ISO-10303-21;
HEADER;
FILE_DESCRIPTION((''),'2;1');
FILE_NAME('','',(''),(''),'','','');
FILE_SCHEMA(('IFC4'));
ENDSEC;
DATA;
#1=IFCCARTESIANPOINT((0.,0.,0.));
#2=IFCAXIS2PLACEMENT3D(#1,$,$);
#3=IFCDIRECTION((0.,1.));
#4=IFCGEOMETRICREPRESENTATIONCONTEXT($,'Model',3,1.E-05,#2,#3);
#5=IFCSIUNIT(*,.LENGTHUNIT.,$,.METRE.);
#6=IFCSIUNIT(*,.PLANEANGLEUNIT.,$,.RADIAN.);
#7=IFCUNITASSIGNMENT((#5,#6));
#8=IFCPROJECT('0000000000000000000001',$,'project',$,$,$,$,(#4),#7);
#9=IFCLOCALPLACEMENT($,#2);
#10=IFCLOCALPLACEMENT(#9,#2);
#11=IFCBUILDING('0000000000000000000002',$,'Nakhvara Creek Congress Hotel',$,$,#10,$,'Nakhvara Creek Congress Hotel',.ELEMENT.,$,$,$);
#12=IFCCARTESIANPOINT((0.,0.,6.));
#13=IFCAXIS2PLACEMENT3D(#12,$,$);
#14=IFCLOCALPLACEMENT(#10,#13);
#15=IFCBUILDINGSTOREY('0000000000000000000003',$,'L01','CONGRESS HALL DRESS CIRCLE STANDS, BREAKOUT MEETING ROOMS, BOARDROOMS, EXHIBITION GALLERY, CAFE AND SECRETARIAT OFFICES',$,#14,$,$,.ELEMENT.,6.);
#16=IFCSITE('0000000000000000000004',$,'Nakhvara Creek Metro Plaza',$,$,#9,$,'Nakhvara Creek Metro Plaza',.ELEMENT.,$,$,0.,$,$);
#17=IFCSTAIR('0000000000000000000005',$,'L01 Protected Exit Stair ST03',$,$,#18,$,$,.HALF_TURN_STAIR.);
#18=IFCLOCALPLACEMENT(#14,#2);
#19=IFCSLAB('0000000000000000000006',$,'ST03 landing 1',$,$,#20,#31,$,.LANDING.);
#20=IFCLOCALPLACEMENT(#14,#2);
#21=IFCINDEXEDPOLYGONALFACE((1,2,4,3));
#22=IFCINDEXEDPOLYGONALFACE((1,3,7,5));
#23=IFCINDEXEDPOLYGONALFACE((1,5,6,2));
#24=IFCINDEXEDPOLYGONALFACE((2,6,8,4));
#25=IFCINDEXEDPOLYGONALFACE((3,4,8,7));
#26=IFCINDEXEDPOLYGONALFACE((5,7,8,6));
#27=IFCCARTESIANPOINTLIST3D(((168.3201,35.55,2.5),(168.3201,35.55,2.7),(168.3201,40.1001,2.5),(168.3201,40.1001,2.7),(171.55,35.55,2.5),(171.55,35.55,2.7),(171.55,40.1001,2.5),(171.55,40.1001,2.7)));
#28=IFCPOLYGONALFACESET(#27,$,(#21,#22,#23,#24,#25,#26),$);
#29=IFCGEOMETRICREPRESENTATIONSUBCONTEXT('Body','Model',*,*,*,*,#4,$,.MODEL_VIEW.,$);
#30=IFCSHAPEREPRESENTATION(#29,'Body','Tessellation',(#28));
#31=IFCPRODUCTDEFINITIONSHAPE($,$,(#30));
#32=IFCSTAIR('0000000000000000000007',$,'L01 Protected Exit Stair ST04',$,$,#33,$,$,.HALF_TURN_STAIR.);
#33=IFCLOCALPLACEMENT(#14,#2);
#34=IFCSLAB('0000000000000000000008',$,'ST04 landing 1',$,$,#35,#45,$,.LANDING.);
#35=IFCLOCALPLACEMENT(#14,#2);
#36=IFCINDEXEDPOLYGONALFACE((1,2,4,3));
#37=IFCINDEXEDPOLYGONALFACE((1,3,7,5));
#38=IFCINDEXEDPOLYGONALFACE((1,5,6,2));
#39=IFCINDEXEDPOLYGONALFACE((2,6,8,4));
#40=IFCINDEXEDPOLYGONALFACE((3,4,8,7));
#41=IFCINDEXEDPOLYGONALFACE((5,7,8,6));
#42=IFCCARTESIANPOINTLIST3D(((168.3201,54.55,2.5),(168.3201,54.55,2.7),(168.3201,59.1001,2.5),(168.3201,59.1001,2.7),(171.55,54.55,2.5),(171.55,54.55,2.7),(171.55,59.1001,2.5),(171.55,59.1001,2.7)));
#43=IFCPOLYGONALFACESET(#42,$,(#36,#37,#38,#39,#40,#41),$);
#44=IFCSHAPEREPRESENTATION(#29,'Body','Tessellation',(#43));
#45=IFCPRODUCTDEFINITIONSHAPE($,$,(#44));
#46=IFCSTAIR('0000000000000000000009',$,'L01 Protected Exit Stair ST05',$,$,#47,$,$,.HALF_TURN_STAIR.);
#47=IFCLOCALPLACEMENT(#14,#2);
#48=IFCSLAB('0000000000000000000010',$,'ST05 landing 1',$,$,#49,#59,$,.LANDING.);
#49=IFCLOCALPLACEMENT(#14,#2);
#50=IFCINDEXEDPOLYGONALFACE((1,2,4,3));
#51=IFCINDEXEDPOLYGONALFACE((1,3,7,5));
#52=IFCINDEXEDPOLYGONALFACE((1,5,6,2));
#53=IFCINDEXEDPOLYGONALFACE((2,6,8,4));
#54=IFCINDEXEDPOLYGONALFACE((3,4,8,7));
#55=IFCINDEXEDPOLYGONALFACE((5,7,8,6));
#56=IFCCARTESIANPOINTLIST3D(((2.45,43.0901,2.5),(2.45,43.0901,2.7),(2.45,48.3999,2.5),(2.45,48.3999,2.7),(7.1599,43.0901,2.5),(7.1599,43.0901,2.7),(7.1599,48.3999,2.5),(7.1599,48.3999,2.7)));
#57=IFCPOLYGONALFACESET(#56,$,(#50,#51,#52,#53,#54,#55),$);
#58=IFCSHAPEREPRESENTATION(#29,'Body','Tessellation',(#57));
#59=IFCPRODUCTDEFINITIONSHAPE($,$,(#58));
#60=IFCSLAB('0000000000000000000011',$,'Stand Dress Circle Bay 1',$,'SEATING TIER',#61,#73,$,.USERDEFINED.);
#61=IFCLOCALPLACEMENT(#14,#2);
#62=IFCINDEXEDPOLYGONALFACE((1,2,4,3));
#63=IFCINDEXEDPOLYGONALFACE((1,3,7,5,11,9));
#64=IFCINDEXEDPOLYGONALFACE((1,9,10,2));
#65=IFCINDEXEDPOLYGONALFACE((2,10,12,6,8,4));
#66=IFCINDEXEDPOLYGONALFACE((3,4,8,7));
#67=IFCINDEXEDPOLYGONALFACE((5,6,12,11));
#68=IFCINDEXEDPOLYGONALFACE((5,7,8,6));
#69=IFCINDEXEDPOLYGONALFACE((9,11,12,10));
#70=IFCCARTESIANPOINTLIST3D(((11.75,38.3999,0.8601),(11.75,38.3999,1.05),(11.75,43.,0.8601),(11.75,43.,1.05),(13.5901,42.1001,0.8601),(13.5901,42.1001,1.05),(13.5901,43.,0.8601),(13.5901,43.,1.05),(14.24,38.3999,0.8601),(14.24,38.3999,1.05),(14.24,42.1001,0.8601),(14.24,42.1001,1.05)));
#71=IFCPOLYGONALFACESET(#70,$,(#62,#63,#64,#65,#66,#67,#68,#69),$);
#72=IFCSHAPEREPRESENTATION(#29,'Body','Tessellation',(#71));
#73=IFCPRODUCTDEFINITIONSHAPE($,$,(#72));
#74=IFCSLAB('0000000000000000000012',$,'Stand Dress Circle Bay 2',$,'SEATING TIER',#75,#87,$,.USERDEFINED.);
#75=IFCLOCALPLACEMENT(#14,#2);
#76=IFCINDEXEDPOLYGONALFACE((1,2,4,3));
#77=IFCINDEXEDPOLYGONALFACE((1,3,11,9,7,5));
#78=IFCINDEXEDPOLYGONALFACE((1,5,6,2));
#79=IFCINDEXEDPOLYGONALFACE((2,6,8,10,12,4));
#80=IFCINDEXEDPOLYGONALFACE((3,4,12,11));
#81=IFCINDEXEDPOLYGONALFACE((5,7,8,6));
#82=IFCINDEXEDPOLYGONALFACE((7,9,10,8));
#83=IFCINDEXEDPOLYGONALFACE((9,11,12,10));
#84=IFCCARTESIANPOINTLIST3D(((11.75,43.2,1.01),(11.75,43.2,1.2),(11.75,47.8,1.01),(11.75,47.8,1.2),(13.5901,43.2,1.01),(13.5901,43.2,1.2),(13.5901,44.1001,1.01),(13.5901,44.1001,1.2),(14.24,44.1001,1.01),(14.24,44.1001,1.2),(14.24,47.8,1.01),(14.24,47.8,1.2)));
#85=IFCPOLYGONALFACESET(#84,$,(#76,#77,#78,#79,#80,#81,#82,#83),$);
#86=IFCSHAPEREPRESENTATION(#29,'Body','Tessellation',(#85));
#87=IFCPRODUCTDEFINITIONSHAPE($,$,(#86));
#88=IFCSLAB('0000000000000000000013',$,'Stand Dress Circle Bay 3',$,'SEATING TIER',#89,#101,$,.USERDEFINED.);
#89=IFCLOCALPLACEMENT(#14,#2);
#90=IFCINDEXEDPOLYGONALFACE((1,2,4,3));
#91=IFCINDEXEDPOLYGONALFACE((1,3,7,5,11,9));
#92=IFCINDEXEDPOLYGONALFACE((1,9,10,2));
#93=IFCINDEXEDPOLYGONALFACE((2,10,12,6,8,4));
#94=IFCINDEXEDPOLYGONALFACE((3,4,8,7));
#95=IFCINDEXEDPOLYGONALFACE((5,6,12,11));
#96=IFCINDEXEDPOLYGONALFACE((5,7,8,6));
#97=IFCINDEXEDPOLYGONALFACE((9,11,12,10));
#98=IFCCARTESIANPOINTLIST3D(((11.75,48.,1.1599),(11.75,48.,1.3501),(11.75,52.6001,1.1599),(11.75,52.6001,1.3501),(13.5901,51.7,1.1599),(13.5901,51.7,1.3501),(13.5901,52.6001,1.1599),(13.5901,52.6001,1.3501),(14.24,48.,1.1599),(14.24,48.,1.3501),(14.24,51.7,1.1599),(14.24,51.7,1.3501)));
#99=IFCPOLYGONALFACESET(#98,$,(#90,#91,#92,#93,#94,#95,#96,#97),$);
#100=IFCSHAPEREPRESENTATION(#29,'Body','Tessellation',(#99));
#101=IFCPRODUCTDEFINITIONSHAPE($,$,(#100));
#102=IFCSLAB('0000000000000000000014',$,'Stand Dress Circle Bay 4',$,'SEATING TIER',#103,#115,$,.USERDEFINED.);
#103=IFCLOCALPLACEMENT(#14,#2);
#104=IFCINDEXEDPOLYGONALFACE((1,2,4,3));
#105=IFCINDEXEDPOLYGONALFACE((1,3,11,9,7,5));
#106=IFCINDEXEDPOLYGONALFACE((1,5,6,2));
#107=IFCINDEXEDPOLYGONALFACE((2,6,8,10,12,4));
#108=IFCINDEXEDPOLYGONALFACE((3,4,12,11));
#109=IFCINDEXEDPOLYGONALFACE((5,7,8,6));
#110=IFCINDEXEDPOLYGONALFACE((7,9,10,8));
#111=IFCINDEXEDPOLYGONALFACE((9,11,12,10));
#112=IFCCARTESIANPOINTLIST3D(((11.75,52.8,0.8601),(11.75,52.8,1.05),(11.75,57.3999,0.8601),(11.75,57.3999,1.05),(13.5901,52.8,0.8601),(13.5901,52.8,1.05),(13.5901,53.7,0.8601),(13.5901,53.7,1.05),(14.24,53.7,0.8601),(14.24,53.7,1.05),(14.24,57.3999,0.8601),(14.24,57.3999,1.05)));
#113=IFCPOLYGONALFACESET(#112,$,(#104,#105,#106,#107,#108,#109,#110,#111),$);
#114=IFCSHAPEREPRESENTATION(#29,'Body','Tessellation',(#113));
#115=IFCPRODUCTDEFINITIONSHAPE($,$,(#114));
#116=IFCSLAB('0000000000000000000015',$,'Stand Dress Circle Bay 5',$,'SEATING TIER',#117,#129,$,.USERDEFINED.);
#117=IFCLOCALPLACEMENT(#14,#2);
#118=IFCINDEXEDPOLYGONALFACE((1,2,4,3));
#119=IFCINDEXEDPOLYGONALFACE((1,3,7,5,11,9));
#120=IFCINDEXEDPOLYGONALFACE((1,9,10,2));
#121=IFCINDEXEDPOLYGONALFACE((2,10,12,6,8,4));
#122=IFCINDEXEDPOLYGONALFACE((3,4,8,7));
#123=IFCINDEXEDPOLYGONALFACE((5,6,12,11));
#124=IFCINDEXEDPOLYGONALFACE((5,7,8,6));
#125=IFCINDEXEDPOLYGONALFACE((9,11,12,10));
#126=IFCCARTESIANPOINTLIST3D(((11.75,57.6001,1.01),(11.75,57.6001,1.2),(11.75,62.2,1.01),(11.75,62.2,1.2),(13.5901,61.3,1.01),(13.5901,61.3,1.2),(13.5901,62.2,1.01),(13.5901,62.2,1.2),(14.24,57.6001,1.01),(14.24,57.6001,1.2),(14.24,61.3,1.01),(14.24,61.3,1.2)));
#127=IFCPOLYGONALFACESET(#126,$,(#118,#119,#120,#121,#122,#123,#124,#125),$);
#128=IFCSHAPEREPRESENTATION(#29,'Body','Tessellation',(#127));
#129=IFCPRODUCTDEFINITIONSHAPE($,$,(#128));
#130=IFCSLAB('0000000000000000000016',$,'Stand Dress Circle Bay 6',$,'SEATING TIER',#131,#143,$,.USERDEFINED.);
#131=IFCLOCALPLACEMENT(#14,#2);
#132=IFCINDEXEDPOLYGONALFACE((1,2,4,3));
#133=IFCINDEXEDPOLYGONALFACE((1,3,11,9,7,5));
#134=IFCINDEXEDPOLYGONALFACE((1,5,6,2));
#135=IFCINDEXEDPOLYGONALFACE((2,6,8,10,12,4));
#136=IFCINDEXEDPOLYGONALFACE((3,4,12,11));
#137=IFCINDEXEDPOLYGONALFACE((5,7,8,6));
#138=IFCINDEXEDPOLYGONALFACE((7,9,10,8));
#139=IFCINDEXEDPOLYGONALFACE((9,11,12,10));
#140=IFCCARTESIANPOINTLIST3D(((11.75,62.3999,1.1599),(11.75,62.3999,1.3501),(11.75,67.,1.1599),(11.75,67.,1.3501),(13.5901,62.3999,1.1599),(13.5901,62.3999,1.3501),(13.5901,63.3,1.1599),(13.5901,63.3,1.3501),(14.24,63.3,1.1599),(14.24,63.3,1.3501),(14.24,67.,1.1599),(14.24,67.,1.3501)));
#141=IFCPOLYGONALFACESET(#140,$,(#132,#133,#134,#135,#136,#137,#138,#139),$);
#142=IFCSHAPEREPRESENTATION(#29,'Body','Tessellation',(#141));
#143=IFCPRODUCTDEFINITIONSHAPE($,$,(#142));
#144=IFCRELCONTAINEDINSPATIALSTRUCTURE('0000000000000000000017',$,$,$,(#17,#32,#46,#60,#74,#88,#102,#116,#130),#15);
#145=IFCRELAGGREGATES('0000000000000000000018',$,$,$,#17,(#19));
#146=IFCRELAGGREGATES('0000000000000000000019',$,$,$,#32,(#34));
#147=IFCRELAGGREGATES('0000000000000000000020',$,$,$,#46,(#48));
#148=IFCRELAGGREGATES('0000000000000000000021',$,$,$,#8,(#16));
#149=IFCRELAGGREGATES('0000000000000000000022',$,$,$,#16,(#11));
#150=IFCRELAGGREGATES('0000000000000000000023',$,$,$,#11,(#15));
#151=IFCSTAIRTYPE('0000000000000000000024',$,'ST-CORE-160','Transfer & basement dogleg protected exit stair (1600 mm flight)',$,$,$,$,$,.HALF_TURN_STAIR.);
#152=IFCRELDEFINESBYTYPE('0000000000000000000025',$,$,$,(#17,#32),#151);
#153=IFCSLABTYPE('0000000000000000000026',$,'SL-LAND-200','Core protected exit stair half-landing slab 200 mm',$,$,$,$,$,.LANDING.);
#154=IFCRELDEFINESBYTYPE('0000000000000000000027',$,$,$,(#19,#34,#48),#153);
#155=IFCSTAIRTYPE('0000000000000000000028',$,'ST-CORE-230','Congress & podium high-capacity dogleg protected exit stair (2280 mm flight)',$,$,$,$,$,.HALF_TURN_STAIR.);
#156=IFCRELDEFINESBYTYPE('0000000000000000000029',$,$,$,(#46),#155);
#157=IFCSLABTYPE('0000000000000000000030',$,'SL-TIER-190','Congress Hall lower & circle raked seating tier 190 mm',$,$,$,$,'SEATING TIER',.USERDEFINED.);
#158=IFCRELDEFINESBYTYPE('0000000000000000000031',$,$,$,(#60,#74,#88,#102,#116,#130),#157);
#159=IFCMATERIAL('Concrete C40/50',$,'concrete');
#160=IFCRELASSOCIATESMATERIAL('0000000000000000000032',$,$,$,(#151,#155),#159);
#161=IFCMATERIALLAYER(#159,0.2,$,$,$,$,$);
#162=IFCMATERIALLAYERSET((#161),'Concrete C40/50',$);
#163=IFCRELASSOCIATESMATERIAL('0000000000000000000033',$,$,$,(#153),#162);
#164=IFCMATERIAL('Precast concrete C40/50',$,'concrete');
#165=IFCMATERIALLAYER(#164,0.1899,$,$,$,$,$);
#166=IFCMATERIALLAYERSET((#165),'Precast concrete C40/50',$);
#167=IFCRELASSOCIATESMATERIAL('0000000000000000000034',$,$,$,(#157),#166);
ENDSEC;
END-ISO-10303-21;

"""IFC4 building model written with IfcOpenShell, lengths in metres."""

from ifc_helpers import new_model, si_unit, direction, frame, origin, place, context, subcontext, project, spatial, polyline, outline, extrude, material, layer, layer_set, type_object, element, aggregate, save


model = new_model("IFC4")

# Units and contexts
model_context = context("Model", 3, precision=1e-05, world=origin(), true_north=direction((0.0, 1.0)))
body_context = subcontext(model_context, "Body", "Model", "MODEL_VIEW")
ifc_project = project(units=[si_unit("LENGTHUNIT", "METRE"), si_unit("PLANEANGLEUNIT", "RADIAN")], contexts=[model_context])

# Site, building, storey
site_placement = place(None, origin())
site = spatial("IfcSite", under=ifc_project, at=site_placement, Name="Nakhvara Creek Metro Plaza", LongName="Nakhvara Creek Metro Plaza", CompositionType="ELEMENT", RefElevation=0.0)
building_placement = place(site_placement, origin())
building = spatial("IfcBuilding", under=site, at=building_placement, Name="Nakhvara Creek Congress Hotel", LongName="Nakhvara Creek Congress Hotel", CompositionType="ELEMENT")
storey_placement = place(building_placement, frame((0.0, 0.0, 6.0)))
storey = spatial("IfcBuildingStorey", under=building, at=storey_placement, Name="L01", Description="CONGRESS HALL DRESS CIRCLE STANDS, BREAKOUT MEETING ROOMS, BOARDROOMS, EXHIBITION GALLERY, CAFE AND SECRETARIAT OFFICES", CompositionType="ELEMENT", Elevation=6.0)

# Shared definitions
ifc_material_1 = material(Name="Concrete C40/50", Category="concrete")

# Stairs, slabs
stair_type_1 = type_object("IfcStairType", Name="ST-CORE-160", Description="Transfer & basement dogleg protected exit stair (1600 mm flight)", PredefinedType="HALF_TURN_STAIR", material=ifc_material_1)
ifc_layer_1 = layer(ifc_material_1, 0.2)
ifc_layer_set_1 = layer_set([ifc_layer_1], Name="Concrete C40/50")
slab_type_1 = type_object("IfcSlabType", Name="SL-LAND-200", Description="Core protected exit stair half-landing slab 200 mm", PredefinedType="LANDING", material=ifc_layer_set_1)
stair_1_placement = place(storey_placement, origin())
stair_1 = element("IfcStair", 1, at=stair_1_placement, inside=storey, type_object=stair_type_1, Name="L01 Protected Exit Stair ST03", PredefinedType="HALF_TURN_STAIR")
slab_1_placement = place(storey_placement, frame((0.0, 0.0, 2.5)))
slab_1 = element("IfcSlab", 2, at=slab_1_placement, type_object=slab_type_1, Name="ST03 landing 1", PredefinedType="LANDING", context=body_context, shape_type="SweptSolid", body=[
    extrude(outline(polyline([(171.55, 35.55), (171.55, 40.1001), (168.3201, 40.1001), (168.3201, 35.55), (171.55, 35.55)])), origin(), (0.0, 0.0, 1.0), 0.2),
])
aggregate(stair_1, [slab_1])
stair_2_placement = place(storey_placement, origin())
stair_2 = element("IfcStair", 3, at=stair_2_placement, inside=storey, type_object=stair_type_1, Name="L01 Protected Exit Stair ST04", PredefinedType="HALF_TURN_STAIR")
slab_2_placement = place(storey_placement, frame((0.0, 0.0, 2.5)))
slab_2 = element("IfcSlab", 4, at=slab_2_placement, type_object=slab_type_1, Name="ST04 landing 1", PredefinedType="LANDING", context=body_context, shape_type="SweptSolid", body=[
    extrude(outline(polyline([(171.55, 54.55), (171.55, 59.1001), (168.3201, 59.1001), (168.3201, 54.55), (171.55, 54.55)])), origin(), (0.0, 0.0, 1.0), 0.2),
])
aggregate(stair_2, [slab_2])
stair_type_2 = type_object("IfcStairType", Name="ST-CORE-230", Description="Congress & podium high-capacity dogleg protected exit stair (2280 mm flight)", PredefinedType="HALF_TURN_STAIR", material=ifc_material_1)
stair_3_placement = place(storey_placement, origin())
stair_3 = element("IfcStair", 5, at=stair_3_placement, inside=storey, type_object=stair_type_2, Name="L01 Protected Exit Stair ST05", PredefinedType="HALF_TURN_STAIR")
slab_3_placement = place(storey_placement, frame((0.0, 0.0, 2.5)))
slab_3 = element("IfcSlab", 6, at=slab_3_placement, type_object=slab_type_1, Name="ST05 landing 1", PredefinedType="LANDING", context=body_context, shape_type="SweptSolid", body=[
    extrude(outline(polyline([(7.1599, 43.0901), (7.1599, 48.3999), (2.45, 48.3999), (2.45, 43.0901), (7.1599, 43.0901)])), origin(), (0.0, 0.0, 1.0), 0.2),
])
aggregate(stair_3, [slab_3])

# Slabs
ifc_material_2 = material(Name="Precast concrete C40/50", Category="concrete")
ifc_layer_2 = layer(ifc_material_2, 0.1899)
ifc_layer_set_2 = layer_set([ifc_layer_2], Name="Precast concrete C40/50")
slab_type_2 = type_object("IfcSlabType", Name="SL-TIER-190", Description="Congress Hall lower & circle raked seating tier 190 mm", ElementType="SEATING TIER", PredefinedType="USERDEFINED", material=ifc_layer_set_2)
slab_4_placement = place(storey_placement, frame((0.0, 0.0, 0.8601)))
element("IfcSlab", 7, at=slab_4_placement, inside=storey, type_object=slab_type_2, Name="Stand Dress Circle Bay 1", ObjectType="SEATING TIER", PredefinedType="USERDEFINED", context=body_context, shape_type="SweptSolid", body=[
    extrude(outline(polyline([(11.75, 38.3999), (14.24, 38.3999), (14.24, 42.1001), (13.5901, 42.1001), (13.5901, 43.0), (11.75, 43.0), (11.75, 38.3999)])), origin(), (0.0, 0.0, 1.0), 0.1899),
])
slab_5_placement = place(storey_placement, frame((0.0, 0.0, 1.01)))
element("IfcSlab", 8, at=slab_5_placement, inside=storey, type_object=slab_type_2, Name="Stand Dress Circle Bay 2", ObjectType="SEATING TIER", PredefinedType="USERDEFINED", context=body_context, shape_type="SweptSolid", body=[
    extrude(outline(polyline([(11.75, 43.2), (13.5901, 43.2), (13.5901, 44.1001), (14.24, 44.1001), (14.24, 47.8), (11.75, 47.8), (11.75, 43.2)])), origin(), (0.0, 0.0, 1.0), 0.1899),
])
slab_6_placement = place(storey_placement, frame((0.0, 0.0, 1.1599)))
element("IfcSlab", 9, at=slab_6_placement, inside=storey, type_object=slab_type_2, Name="Stand Dress Circle Bay 3", ObjectType="SEATING TIER", PredefinedType="USERDEFINED", context=body_context, shape_type="SweptSolid", body=[
    extrude(outline(polyline([(11.75, 48.0), (14.24, 48.0), (14.24, 51.7), (13.5901, 51.7), (13.5901, 52.6001), (11.75, 52.6001), (11.75, 48.0)])), origin(), (0.0, 0.0, 1.0), 0.1902),
])
slab_7_placement = place(storey_placement, frame((0.0, 0.0, 0.8601)))
element("IfcSlab", 10, at=slab_7_placement, inside=storey, type_object=slab_type_2, Name="Stand Dress Circle Bay 4", ObjectType="SEATING TIER", PredefinedType="USERDEFINED", context=body_context, shape_type="SweptSolid", body=[
    extrude(outline(polyline([(11.75, 52.8), (13.5901, 52.8), (13.5901, 53.7), (14.24, 53.7), (14.24, 57.3999), (11.75, 57.3999), (11.75, 52.8)])), origin(), (0.0, 0.0, 1.0), 0.1899),
])
slab_8_placement = place(storey_placement, frame((0.0, 0.0, 1.01)))
element("IfcSlab", 11, at=slab_8_placement, inside=storey, type_object=slab_type_2, Name="Stand Dress Circle Bay 5", ObjectType="SEATING TIER", PredefinedType="USERDEFINED", context=body_context, shape_type="SweptSolid", body=[
    extrude(outline(polyline([(11.75, 57.6001), (14.24, 57.6001), (14.24, 61.3), (13.5901, 61.3), (13.5901, 62.2), (11.75, 62.2), (11.75, 57.6001)])), origin(), (0.0, 0.0, 1.0), 0.1899),
])
slab_9_placement = place(storey_placement, frame((0.0, 0.0, 1.1599)))
element("IfcSlab", 12, at=slab_9_placement, inside=storey, type_object=slab_type_2, Name="Stand Dress Circle Bay 6", ObjectType="SEATING TIER", PredefinedType="USERDEFINED", context=body_context, shape_type="SweptSolid", body=[
    extrude(outline(polyline([(11.75, 62.3999), (13.5901, 62.3999), (13.5901, 63.3), (14.24, 63.3), (14.24, 67.0), (11.75, 67.0), (11.75, 62.3999)])), origin(), (0.0, 0.0, 1.0), 0.1902),
])

save(model, "model.ifc")
